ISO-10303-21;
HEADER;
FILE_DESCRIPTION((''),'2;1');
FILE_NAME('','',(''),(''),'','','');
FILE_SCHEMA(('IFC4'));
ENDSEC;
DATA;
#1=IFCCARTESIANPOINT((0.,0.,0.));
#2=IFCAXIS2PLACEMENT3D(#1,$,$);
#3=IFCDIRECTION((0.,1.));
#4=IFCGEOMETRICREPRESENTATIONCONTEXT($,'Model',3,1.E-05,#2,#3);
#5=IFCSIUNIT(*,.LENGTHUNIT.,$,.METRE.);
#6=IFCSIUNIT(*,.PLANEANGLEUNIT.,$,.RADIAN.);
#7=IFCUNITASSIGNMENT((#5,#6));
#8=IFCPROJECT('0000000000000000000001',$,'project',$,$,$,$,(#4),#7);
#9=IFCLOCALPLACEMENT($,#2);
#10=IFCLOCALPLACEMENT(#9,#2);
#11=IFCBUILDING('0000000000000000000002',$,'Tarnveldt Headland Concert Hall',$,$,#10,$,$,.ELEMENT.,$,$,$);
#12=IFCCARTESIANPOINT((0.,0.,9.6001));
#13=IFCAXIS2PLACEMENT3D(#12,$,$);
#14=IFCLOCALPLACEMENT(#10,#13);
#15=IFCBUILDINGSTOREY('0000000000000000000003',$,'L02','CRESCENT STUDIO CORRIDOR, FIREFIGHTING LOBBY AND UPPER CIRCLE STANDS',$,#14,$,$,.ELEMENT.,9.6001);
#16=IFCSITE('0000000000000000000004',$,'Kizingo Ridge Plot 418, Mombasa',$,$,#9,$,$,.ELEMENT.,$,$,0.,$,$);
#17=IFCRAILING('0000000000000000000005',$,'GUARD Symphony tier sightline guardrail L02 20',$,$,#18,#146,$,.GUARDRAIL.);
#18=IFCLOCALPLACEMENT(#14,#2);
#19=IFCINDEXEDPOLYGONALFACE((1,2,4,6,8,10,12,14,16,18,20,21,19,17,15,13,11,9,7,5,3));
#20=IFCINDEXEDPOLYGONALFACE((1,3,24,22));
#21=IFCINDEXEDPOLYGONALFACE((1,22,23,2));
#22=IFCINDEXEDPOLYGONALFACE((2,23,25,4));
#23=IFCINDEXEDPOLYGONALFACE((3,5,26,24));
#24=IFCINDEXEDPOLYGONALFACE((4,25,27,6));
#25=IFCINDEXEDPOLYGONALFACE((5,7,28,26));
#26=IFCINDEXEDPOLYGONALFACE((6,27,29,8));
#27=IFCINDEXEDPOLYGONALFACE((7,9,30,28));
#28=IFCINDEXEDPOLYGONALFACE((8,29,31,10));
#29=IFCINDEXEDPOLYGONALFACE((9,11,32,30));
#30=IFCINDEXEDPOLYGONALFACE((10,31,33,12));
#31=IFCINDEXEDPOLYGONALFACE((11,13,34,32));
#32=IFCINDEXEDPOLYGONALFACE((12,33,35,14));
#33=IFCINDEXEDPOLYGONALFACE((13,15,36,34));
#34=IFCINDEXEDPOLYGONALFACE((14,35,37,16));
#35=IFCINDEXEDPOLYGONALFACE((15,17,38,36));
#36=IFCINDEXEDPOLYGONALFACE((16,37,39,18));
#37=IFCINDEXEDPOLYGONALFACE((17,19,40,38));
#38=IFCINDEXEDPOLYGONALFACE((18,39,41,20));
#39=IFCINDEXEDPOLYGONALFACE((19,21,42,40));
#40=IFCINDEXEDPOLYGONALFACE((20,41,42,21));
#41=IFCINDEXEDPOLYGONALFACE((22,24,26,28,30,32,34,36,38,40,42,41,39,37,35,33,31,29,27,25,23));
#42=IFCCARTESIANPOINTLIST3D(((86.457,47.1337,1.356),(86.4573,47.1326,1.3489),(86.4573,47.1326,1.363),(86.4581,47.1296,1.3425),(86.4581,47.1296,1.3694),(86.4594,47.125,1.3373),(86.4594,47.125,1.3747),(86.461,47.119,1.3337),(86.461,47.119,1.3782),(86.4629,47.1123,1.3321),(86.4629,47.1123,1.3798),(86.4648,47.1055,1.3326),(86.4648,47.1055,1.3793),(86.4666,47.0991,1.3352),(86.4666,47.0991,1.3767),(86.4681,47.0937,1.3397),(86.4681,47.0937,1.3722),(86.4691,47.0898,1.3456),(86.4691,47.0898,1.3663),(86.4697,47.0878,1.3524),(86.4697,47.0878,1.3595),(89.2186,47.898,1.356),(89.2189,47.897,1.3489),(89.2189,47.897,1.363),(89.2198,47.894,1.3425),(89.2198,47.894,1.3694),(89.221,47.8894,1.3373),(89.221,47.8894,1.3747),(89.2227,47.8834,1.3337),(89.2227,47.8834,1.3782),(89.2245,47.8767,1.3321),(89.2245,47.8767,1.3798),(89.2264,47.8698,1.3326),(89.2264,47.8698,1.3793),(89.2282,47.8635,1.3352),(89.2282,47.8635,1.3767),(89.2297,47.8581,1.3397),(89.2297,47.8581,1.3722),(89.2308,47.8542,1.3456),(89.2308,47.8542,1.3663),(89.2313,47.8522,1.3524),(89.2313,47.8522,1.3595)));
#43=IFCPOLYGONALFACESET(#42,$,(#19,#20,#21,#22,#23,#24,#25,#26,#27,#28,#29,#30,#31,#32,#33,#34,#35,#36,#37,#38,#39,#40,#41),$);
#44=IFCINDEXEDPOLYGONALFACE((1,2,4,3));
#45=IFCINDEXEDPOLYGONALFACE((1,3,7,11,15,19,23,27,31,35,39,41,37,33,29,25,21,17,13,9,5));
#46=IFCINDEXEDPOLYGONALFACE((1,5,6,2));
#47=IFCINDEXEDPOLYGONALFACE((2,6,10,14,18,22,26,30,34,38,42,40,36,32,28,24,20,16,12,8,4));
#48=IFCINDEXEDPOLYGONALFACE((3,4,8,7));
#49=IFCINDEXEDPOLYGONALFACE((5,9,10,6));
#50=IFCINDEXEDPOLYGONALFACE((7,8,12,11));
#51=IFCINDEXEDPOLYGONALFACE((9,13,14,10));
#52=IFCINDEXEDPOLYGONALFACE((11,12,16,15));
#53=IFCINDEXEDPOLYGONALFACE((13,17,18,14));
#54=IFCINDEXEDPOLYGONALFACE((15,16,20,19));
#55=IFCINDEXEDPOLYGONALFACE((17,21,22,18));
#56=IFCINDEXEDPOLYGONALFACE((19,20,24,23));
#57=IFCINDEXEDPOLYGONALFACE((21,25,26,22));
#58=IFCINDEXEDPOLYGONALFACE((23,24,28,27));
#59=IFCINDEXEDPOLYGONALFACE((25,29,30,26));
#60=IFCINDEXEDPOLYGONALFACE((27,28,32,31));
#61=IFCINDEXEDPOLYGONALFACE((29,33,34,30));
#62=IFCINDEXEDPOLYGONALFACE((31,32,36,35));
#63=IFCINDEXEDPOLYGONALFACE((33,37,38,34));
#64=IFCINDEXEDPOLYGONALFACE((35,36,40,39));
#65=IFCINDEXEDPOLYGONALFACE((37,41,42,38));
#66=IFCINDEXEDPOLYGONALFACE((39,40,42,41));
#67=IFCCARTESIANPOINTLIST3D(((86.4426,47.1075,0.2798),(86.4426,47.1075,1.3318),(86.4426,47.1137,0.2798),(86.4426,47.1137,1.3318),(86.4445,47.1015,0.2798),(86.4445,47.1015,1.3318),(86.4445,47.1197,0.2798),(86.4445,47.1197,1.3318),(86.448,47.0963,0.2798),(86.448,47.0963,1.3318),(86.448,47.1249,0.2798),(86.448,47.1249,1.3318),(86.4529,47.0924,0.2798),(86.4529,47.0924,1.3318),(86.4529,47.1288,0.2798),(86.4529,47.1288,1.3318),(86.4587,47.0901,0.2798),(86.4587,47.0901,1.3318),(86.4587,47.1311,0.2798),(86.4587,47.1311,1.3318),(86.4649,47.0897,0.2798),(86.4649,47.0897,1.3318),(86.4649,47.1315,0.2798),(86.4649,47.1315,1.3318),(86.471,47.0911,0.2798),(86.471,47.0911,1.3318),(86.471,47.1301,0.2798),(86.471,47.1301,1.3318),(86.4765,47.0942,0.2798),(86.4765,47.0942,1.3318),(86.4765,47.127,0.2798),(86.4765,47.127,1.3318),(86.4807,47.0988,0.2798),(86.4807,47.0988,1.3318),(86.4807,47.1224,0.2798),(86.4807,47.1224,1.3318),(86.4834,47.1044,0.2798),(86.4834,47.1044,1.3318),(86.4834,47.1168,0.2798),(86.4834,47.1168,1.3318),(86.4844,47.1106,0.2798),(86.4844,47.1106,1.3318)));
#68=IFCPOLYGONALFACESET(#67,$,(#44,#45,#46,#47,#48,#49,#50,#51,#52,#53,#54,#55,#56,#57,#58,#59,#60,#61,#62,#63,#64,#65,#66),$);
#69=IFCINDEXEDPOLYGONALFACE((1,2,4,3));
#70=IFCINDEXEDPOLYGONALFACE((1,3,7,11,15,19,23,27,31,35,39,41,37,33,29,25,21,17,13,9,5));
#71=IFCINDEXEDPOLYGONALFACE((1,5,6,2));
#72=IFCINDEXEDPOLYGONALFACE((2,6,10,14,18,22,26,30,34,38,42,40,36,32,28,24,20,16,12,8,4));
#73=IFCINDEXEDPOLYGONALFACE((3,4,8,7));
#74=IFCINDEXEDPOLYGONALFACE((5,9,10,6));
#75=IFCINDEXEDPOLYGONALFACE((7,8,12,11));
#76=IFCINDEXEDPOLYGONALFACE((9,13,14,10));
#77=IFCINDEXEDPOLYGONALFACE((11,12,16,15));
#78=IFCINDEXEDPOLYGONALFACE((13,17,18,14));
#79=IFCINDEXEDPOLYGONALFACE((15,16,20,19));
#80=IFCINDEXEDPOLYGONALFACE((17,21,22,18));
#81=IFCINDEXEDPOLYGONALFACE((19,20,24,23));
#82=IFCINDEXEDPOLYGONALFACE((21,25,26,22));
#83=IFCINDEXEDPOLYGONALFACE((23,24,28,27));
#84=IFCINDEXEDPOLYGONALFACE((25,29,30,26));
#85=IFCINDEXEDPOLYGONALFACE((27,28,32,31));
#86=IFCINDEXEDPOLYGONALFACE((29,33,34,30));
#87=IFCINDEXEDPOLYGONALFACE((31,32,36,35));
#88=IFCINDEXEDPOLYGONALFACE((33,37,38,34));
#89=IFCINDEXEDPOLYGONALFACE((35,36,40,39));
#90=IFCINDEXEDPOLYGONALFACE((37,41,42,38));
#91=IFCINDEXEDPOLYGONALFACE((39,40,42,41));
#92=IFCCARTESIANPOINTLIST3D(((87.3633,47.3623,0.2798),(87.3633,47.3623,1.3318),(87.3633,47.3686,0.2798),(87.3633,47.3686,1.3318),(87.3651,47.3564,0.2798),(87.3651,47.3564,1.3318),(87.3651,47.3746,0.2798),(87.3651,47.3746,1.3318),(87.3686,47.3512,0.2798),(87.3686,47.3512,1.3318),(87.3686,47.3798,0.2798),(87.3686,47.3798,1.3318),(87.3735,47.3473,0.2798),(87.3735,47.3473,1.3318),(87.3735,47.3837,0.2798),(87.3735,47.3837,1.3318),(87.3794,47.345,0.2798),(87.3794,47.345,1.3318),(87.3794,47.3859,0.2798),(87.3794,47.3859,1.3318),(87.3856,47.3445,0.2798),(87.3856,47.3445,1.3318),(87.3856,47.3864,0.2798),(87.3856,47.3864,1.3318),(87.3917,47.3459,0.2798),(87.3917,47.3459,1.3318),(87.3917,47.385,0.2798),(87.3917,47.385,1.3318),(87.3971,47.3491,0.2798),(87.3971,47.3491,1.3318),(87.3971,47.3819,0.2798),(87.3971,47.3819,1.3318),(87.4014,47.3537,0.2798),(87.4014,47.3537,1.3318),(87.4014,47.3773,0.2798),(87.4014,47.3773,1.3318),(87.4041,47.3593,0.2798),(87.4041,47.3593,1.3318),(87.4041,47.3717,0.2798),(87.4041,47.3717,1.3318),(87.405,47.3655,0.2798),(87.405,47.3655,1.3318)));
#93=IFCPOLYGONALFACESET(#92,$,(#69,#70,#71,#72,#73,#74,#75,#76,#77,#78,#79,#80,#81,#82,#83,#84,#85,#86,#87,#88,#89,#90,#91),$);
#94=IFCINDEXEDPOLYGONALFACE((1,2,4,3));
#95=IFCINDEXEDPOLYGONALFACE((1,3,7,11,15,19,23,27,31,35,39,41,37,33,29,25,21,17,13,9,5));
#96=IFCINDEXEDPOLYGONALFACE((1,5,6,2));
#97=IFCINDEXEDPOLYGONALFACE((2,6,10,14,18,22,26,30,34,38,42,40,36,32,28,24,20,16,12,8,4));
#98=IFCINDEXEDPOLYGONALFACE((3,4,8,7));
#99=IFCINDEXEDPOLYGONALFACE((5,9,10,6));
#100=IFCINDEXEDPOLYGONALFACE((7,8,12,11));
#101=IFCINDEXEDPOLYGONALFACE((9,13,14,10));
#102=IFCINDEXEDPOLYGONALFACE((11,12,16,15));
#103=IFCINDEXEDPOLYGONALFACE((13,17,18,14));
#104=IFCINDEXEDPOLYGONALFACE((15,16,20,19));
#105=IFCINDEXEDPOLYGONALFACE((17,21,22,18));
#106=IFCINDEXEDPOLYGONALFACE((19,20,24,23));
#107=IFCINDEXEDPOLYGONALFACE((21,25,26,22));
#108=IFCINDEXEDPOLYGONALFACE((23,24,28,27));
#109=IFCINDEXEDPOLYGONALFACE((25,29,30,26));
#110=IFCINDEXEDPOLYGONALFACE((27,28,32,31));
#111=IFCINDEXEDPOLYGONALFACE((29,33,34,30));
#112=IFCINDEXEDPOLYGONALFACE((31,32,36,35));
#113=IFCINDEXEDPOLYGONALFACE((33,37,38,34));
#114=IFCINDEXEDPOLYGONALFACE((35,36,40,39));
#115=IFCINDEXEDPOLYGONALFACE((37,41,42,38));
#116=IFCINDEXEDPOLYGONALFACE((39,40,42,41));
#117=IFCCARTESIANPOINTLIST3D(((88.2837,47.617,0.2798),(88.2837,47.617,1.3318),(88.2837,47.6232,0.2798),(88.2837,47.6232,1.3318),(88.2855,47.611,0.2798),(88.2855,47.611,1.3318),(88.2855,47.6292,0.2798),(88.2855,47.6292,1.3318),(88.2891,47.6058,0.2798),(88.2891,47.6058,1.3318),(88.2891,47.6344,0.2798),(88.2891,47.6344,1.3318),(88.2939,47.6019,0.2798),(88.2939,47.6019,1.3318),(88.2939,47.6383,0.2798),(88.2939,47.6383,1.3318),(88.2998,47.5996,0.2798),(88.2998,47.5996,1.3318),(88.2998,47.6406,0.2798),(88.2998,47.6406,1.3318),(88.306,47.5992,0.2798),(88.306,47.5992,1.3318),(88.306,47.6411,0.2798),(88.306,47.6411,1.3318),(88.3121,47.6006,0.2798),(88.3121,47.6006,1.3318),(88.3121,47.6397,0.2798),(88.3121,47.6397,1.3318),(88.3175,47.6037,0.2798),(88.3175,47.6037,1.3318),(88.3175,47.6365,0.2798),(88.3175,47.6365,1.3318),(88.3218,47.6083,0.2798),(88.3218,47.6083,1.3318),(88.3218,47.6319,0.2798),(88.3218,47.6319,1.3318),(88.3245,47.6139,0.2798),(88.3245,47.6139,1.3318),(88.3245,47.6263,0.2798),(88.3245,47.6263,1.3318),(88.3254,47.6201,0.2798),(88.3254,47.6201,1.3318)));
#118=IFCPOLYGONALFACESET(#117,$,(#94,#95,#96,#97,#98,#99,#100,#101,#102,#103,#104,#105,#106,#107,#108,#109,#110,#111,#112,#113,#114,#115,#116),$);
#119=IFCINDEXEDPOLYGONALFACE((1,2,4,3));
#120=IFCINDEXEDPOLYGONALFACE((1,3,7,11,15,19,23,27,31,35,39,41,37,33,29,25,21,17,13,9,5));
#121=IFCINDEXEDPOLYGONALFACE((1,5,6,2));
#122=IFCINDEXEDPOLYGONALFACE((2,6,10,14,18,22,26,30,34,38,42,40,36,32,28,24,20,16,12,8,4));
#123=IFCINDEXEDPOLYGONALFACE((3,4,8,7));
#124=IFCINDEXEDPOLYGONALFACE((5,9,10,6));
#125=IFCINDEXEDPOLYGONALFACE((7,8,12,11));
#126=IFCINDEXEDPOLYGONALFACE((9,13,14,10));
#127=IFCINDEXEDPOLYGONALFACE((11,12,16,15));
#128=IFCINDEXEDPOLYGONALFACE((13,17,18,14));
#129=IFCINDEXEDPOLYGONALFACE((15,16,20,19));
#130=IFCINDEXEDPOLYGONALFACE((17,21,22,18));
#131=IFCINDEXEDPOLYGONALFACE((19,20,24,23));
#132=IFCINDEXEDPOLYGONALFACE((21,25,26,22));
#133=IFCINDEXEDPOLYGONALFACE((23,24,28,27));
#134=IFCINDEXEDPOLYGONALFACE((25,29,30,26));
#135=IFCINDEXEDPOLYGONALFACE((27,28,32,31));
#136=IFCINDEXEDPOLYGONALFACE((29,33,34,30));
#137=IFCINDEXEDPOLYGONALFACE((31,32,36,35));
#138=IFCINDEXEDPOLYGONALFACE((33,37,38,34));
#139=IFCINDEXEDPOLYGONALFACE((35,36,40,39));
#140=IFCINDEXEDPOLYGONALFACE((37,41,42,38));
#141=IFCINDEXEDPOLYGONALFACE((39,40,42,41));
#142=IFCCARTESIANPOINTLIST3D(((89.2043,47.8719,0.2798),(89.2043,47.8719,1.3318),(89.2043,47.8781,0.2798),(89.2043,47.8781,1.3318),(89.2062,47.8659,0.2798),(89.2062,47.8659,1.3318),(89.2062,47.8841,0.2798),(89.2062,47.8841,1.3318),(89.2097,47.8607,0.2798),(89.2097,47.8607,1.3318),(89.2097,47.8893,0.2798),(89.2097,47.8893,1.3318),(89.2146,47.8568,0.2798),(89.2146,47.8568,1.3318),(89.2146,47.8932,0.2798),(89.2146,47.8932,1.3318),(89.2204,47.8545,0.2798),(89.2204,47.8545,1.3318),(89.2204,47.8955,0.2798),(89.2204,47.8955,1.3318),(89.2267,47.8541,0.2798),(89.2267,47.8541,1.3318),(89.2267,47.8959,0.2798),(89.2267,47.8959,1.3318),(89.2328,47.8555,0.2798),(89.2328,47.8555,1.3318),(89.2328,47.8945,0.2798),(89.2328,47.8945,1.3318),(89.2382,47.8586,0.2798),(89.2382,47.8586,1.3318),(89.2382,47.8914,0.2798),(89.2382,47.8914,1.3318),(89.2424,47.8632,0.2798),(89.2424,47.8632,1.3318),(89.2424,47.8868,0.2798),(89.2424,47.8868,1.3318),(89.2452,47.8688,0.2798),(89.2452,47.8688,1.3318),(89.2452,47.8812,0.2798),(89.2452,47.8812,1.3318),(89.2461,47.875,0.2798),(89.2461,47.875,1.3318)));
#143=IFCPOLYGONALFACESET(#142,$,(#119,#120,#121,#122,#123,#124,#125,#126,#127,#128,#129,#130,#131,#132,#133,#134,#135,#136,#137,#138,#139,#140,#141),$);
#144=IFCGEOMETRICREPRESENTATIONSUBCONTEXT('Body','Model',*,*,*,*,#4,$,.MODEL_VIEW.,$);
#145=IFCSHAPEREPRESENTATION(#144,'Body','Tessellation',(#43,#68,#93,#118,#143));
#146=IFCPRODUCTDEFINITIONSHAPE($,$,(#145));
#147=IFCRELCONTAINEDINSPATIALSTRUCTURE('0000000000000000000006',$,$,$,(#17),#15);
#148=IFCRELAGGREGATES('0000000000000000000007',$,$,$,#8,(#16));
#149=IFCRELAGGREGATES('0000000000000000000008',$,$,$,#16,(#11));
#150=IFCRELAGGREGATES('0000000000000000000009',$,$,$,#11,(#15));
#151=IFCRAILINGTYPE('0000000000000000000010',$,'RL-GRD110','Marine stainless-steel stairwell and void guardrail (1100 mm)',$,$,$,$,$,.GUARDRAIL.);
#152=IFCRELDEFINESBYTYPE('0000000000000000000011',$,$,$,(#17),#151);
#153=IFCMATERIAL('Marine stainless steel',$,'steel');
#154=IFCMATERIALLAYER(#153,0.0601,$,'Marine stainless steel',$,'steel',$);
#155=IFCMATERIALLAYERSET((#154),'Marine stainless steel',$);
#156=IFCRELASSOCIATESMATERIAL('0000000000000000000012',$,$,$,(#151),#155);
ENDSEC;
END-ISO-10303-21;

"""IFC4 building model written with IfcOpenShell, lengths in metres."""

from ifc_helpers import new_model, si_unit, direction, frame, origin, origin_2d, place, context, subcontext, project, spatial, circle, extrude, material, layer, layer_set, type_object, element, save


model = new_model("IFC4")

# Units and contexts
model_context = context("Model", 3, precision=1e-05, world=origin(), true_north=direction((0.0, 1.0)))
body_context = subcontext(model_context, "Body", "Model", "MODEL_VIEW")
ifc_project = project(units=[si_unit("LENGTHUNIT", "METRE"), si_unit("PLANEANGLEUNIT", "RADIAN")], contexts=[model_context])

# Site, building, storey
site_placement = place(None, origin())
site = spatial("IfcSite", under=ifc_project, at=site_placement, Name="Kizingo Ridge Plot 418, Mombasa", CompositionType="ELEMENT", RefElevation=0.0)
building_placement = place(site_placement, origin())
building = spatial("IfcBuilding", under=site, at=building_placement, Name="Tarnveldt Headland Concert Hall", CompositionType="ELEMENT")
storey_placement = place(building_placement, frame((0.0, 0.0, 9.6001)))
storey = spatial("IfcBuildingStorey", under=building, at=storey_placement, Name="L02", Description="CRESCENT STUDIO CORRIDOR, FIREFIGHTING LOBBY AND UPPER CIRCLE STANDS", CompositionType="ELEMENT", Elevation=9.6001)

# Railing
ifc_material_1 = material(Name="Marine stainless steel", Category="steel")
ifc_layer = layer(ifc_material_1, 0.0601, Name="Marine stainless steel", Category="steel")
ifc_layer_set = layer_set([ifc_layer], Name="Marine stainless steel")
railing_type = type_object("IfcRailingType", Name="RL-GRD110", Description="Marine stainless-steel stairwell and void guardrail (1100 mm)", PredefinedType="GUARDRAIL", material=ifc_layer_set)
railing_1_placement = place(storey_placement, frame((86.4634, 47.1106, 0.2798)))
element("IfcRailing", 1, at=railing_1_placement, inside=storey, type_object=railing_type, Name="GUARD Symphony tier sightline guardrail L02 20", PredefinedType="GUARDRAIL", context=body_context, shape_type="SweptSolid", body=[
    extrude(circle(Radius=0.0239, at=origin_2d()), frame((0.0, 0.0, 1.0762), z_axis=(0.963764, 0.266756, 0.0), x_axis=(-0.266756, 0.963764, 0.0)), (0.0, 0.0, 1.0), 2.8655),
    extrude(circle(Radius=0.021, at=origin_2d()), origin(), (0.0, 0.0, 1.0), 1.052),
    extrude(circle(Radius=0.021, at=origin_2d()), frame((0.9207, 0.2549, 0.0)), (0.0, 0.0, 1.0), 1.052),
    extrude(circle(Radius=0.021, at=origin_2d()), frame((1.8411, 0.5095, 0.0)), (0.0, 0.0, 1.0), 1.052),
    extrude(circle(Radius=0.021, at=origin_2d()), frame((2.7617, 0.7644, 0.0)), (0.0, 0.0, 1.0), 1.052),
])

save(model, "model.ifc")
